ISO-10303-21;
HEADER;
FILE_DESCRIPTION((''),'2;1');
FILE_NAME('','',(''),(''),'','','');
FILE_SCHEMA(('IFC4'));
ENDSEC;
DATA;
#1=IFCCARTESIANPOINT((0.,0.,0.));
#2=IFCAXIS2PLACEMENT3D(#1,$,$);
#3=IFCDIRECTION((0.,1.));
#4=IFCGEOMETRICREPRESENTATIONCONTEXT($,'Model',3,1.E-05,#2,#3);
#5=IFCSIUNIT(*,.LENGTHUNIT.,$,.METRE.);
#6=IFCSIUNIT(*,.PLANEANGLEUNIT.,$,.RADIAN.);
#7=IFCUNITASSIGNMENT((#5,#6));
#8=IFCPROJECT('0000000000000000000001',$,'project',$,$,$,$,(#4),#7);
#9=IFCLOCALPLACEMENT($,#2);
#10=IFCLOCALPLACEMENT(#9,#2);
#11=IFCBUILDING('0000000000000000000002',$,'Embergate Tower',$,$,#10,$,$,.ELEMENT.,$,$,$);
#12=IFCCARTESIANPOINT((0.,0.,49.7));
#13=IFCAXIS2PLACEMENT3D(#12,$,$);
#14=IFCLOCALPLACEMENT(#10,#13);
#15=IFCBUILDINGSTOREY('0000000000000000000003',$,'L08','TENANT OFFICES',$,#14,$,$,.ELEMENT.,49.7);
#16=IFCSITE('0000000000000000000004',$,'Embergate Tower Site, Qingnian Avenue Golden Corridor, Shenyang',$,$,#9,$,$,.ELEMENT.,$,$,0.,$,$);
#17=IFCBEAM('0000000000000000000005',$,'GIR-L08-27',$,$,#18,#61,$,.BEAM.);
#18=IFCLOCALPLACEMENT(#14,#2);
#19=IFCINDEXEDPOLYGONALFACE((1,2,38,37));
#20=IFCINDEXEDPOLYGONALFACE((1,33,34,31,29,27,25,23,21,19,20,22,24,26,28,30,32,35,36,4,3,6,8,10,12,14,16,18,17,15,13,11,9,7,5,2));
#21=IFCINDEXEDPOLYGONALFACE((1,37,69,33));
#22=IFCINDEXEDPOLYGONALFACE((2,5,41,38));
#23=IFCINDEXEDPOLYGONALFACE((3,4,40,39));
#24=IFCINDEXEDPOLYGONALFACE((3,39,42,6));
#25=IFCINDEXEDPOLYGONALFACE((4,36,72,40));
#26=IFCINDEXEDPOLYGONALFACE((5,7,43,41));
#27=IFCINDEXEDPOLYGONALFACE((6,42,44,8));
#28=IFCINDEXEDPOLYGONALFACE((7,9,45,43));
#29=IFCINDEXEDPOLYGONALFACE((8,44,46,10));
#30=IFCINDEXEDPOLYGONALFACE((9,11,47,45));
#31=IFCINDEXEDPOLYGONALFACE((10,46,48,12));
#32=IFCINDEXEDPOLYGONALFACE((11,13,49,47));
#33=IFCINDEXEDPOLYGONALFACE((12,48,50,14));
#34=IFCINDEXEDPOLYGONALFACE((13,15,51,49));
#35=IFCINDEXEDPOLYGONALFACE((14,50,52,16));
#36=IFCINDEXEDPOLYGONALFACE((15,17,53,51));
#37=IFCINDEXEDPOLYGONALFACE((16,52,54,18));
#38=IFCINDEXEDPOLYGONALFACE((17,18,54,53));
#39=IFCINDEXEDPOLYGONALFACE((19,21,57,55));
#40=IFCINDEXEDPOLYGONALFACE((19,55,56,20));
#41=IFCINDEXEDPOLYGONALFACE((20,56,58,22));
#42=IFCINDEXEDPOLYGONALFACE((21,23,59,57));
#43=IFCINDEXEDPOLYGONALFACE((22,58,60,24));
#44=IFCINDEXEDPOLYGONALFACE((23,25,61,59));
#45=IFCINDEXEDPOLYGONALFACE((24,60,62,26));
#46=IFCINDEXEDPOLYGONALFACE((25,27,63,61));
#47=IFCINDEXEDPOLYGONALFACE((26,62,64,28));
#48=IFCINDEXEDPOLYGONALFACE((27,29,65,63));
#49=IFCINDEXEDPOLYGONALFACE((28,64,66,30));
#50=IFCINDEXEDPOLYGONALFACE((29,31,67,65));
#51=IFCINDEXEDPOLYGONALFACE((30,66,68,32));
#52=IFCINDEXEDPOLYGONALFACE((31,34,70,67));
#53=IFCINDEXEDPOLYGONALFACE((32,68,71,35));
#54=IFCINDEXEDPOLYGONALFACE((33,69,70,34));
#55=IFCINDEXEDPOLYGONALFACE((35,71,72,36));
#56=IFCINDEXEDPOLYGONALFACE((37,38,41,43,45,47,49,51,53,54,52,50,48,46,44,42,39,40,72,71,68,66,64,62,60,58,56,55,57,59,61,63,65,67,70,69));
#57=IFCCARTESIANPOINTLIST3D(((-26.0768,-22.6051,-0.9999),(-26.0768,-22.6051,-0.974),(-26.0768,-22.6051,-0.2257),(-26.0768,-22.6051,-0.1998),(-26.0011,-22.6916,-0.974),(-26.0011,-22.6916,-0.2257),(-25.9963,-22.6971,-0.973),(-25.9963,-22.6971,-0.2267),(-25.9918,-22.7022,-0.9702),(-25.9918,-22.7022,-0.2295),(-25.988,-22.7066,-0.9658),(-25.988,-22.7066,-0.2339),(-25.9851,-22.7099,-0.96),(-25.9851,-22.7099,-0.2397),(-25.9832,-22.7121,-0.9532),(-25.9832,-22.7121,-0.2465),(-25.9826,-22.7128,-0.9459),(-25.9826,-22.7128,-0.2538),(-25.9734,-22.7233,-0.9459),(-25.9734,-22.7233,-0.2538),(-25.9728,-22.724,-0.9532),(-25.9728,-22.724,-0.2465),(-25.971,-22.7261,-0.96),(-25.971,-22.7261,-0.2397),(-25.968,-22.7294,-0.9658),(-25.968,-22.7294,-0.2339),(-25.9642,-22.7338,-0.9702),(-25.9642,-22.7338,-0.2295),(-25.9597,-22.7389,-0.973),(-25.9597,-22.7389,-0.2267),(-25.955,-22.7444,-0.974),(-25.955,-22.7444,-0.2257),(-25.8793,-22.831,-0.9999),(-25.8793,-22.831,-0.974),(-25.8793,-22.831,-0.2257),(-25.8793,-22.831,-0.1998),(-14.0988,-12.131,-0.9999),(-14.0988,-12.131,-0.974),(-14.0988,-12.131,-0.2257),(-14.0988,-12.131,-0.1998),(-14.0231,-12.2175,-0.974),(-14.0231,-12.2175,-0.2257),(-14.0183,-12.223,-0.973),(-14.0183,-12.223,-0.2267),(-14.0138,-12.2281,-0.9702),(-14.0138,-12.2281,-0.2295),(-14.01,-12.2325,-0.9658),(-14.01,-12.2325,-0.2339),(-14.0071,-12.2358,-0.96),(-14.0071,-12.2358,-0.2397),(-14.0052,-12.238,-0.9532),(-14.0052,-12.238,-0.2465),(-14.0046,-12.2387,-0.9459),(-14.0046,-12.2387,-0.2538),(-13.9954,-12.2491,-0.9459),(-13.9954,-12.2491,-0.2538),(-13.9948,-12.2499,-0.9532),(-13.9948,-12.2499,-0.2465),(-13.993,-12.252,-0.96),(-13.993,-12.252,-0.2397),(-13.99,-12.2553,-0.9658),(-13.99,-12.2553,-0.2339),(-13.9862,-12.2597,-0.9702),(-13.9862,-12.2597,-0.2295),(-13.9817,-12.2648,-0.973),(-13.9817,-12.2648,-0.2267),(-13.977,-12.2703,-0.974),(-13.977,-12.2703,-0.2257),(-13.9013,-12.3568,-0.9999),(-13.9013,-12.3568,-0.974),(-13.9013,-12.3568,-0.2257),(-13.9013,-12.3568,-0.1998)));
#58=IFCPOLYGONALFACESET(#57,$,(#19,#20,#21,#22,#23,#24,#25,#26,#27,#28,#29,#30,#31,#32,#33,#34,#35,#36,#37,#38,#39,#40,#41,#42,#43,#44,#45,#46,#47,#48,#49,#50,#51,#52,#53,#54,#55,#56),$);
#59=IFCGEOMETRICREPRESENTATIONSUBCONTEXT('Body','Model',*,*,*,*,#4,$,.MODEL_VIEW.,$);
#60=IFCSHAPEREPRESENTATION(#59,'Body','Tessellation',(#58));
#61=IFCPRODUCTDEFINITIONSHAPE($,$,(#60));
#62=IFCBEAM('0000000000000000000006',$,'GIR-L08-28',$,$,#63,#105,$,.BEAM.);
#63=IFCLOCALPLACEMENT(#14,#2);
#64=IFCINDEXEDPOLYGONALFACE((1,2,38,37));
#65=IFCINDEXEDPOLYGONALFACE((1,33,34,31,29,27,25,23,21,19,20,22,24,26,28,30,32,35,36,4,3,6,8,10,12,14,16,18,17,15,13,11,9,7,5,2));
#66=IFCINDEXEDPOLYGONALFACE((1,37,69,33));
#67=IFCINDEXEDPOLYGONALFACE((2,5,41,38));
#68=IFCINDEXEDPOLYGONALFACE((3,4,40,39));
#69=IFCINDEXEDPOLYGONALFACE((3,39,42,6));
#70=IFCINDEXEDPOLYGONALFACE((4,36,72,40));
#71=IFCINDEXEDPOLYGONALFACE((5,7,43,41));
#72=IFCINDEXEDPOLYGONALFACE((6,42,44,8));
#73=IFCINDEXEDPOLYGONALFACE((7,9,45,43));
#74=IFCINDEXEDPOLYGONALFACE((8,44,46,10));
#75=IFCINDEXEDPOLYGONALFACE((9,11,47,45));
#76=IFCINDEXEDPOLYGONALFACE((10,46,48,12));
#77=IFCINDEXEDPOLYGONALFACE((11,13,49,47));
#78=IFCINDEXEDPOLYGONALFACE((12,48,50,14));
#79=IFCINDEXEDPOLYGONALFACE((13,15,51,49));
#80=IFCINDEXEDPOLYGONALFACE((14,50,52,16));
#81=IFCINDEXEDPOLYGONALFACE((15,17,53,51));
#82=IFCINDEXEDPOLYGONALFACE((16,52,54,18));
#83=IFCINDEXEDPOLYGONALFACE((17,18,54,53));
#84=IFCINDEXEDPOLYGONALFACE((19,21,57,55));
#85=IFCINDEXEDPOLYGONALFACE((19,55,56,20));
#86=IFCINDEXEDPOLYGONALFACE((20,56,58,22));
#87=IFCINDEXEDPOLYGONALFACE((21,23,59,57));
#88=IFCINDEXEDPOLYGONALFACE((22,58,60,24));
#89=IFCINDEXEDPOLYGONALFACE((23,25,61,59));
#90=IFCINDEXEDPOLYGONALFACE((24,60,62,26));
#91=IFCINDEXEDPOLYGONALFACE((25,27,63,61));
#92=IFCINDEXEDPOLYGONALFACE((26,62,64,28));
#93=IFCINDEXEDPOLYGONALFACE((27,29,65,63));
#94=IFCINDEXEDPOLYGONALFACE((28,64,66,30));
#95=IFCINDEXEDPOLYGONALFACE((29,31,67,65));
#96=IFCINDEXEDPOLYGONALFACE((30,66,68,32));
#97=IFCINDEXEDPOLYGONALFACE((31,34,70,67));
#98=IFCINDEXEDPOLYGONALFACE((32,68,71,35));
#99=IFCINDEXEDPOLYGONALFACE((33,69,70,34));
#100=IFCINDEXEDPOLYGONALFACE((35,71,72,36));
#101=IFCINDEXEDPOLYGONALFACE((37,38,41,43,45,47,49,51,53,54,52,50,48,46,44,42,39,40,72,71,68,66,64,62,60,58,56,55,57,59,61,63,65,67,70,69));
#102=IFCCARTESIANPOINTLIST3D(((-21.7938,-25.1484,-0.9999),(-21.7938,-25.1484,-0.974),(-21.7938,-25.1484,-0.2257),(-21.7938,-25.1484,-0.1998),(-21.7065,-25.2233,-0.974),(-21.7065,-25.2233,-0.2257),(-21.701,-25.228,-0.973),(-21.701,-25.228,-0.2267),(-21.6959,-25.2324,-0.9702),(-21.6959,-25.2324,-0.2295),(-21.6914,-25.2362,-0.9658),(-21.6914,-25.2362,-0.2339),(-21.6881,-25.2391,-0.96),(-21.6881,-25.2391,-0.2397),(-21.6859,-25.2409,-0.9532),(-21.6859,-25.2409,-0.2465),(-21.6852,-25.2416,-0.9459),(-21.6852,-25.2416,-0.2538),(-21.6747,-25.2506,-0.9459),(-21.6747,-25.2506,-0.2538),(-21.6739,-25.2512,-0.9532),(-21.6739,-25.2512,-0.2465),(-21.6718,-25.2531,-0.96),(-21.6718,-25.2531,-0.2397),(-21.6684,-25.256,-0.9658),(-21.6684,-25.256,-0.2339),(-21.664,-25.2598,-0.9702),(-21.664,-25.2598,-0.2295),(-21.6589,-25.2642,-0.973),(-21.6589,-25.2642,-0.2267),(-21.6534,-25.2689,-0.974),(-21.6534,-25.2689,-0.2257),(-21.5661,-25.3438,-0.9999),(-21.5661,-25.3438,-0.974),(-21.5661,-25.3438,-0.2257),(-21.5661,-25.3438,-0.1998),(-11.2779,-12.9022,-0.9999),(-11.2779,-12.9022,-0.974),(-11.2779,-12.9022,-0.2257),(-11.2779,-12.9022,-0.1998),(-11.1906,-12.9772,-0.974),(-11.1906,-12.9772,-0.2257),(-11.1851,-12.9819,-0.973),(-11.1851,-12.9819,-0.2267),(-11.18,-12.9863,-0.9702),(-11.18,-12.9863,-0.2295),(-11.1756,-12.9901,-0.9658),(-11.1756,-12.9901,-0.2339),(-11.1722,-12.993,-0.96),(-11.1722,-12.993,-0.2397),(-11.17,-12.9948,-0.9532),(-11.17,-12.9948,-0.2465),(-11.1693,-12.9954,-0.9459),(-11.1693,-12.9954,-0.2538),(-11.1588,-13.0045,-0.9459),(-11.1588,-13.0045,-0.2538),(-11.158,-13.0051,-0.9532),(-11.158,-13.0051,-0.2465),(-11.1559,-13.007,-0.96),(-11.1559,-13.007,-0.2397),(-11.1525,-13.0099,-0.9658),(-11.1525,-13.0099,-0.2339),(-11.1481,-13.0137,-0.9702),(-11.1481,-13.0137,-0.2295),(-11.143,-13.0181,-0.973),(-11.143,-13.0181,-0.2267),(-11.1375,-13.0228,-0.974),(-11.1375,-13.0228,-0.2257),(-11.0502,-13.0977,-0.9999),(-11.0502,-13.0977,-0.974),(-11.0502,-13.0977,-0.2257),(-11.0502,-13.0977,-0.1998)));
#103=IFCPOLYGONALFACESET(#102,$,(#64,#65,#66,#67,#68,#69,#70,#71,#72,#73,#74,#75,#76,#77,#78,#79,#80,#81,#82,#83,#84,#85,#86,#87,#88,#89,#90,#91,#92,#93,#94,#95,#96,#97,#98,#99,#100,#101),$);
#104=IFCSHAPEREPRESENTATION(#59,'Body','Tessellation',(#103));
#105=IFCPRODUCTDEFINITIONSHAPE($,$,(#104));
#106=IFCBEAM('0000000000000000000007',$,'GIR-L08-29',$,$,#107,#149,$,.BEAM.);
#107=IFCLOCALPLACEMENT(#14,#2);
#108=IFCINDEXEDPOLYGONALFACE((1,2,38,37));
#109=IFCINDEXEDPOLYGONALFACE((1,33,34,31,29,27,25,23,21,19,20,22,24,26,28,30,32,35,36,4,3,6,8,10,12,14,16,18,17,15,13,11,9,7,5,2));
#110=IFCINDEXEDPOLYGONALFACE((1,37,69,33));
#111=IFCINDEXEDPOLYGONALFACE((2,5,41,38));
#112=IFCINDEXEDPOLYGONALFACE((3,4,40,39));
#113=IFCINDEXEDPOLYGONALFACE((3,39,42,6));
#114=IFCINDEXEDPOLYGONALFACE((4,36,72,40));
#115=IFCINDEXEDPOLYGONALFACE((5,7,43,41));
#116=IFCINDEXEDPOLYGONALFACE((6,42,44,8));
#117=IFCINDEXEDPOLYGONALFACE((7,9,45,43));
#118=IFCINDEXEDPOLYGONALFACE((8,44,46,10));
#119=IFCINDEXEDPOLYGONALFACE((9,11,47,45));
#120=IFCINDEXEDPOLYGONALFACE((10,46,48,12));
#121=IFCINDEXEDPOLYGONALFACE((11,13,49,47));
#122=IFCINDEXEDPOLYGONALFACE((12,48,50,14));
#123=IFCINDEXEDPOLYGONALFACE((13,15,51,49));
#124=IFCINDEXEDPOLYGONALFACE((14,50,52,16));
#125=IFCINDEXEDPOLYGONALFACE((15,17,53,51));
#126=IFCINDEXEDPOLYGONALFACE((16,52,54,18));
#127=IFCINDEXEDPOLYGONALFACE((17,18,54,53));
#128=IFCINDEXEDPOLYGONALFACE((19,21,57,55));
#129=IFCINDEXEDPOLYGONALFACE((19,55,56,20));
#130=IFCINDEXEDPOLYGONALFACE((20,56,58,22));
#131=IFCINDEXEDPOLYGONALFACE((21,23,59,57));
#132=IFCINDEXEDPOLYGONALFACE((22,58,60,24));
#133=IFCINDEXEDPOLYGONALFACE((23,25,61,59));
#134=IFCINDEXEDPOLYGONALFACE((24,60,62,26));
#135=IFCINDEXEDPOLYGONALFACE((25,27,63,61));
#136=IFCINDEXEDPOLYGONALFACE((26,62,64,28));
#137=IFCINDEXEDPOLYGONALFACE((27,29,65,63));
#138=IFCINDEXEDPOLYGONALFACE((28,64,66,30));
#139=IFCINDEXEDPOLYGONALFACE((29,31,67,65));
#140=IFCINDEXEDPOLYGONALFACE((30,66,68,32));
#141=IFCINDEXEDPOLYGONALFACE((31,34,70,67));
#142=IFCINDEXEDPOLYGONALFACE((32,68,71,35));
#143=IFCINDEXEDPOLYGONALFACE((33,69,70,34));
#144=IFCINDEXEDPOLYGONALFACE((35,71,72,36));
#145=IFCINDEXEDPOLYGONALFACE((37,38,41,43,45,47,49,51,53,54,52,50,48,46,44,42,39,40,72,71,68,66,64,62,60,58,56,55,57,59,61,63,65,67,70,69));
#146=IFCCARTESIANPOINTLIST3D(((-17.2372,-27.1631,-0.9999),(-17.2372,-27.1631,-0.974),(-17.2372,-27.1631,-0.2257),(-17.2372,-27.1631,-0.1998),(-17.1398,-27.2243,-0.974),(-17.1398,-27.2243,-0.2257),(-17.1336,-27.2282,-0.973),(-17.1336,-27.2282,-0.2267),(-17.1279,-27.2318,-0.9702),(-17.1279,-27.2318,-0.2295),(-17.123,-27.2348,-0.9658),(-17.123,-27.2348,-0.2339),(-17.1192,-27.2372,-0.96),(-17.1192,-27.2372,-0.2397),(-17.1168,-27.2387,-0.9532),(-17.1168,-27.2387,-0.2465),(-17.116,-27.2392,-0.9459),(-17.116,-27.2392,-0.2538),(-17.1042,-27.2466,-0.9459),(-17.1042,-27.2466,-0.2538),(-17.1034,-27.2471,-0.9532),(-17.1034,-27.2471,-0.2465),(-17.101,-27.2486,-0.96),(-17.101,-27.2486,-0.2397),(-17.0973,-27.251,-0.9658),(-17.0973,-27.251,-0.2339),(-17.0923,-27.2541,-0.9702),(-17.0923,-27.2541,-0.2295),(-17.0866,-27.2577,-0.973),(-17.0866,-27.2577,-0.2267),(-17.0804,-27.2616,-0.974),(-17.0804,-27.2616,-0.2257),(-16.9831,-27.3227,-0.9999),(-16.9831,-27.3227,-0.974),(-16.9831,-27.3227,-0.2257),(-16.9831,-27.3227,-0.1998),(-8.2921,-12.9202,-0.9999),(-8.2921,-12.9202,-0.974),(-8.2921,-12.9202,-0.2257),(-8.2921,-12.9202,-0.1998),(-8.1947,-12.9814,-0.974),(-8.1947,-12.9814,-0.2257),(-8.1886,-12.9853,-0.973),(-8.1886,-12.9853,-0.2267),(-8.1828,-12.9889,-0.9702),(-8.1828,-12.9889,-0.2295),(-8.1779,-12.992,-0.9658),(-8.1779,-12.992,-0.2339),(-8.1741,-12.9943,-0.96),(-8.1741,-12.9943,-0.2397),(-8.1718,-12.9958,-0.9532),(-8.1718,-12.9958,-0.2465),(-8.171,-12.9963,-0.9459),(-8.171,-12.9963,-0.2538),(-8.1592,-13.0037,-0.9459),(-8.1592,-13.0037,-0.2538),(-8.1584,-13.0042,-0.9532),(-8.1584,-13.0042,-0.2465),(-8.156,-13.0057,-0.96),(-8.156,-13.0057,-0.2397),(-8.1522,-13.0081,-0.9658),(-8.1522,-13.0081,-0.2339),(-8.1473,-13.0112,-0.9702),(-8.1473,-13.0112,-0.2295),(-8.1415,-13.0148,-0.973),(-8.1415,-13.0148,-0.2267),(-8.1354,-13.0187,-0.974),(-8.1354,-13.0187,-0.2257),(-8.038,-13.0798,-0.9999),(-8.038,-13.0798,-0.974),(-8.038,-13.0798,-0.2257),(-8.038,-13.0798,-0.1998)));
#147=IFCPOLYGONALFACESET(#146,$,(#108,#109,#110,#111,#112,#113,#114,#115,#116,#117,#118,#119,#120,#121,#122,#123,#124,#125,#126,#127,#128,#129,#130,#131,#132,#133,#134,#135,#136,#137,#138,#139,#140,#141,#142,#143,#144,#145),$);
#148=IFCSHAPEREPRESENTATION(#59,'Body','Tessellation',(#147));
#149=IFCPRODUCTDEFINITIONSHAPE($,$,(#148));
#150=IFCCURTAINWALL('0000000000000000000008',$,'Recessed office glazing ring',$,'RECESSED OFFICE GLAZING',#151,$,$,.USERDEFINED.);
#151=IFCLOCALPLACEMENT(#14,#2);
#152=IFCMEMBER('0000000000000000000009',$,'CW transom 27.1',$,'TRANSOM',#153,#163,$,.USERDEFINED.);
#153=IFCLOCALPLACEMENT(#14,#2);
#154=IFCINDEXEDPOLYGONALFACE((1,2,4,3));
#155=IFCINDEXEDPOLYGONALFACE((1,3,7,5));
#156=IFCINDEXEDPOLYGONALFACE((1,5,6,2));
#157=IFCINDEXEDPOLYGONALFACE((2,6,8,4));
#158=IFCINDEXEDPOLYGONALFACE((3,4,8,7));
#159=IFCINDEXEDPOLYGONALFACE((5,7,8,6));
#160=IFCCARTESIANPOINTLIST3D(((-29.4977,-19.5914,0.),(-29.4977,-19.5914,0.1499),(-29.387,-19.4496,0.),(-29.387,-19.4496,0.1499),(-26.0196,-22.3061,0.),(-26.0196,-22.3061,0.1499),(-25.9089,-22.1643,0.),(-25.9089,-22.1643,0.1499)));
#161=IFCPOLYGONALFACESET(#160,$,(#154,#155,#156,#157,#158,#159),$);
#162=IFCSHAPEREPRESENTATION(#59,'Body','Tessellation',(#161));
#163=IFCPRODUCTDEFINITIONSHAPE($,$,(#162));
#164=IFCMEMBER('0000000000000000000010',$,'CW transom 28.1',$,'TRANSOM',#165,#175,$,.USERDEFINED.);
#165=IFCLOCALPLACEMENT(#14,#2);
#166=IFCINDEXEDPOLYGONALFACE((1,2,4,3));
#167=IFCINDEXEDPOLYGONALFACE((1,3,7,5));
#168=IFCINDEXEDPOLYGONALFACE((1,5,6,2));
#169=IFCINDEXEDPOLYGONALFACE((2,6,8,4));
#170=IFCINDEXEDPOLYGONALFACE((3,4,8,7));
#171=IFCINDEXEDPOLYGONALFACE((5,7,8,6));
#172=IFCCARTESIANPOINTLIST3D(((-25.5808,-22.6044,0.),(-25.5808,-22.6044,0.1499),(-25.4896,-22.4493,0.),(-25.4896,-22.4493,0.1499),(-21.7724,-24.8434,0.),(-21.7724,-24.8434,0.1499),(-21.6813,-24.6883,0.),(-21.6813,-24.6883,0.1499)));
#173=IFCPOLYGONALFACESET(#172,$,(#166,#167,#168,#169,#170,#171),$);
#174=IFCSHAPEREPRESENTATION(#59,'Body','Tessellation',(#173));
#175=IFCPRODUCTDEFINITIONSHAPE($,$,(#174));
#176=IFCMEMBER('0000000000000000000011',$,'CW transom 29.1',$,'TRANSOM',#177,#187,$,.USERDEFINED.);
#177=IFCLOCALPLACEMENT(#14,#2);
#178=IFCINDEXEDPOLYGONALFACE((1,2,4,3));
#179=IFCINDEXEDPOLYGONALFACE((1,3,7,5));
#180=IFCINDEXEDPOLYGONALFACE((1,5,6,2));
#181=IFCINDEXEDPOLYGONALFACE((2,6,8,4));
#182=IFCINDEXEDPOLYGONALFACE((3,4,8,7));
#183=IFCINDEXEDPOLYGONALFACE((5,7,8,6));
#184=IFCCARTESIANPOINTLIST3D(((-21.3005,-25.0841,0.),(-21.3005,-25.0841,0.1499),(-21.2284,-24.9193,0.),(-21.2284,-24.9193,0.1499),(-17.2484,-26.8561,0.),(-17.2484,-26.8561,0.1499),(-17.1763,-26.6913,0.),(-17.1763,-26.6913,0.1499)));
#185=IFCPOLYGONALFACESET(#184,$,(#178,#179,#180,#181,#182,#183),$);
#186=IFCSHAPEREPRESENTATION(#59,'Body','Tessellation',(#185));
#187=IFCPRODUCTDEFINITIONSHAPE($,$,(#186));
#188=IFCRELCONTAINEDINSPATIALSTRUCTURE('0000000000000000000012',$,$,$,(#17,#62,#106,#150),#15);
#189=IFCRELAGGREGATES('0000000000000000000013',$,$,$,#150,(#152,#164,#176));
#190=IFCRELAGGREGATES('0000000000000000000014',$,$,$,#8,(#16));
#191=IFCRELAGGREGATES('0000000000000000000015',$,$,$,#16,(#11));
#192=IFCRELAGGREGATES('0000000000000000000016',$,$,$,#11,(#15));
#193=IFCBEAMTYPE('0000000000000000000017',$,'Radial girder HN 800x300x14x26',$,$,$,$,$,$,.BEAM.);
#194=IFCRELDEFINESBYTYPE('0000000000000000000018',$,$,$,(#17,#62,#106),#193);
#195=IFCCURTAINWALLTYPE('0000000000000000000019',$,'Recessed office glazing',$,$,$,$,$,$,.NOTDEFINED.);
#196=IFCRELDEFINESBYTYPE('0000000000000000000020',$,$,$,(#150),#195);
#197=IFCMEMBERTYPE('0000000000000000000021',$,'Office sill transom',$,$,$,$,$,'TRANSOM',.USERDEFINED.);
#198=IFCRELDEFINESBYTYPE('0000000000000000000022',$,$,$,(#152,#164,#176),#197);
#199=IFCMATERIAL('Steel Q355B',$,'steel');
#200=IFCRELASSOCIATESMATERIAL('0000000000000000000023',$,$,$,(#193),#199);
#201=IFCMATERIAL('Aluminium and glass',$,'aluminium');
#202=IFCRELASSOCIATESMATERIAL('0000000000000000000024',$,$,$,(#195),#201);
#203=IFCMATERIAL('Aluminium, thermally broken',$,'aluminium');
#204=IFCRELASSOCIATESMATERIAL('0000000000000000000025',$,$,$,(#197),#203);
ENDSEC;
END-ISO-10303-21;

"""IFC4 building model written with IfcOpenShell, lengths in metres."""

from ifc_helpers import new_model, si_unit, direction, frame, origin, origin_2d, place, context, subcontext, project, spatial, rectangle, i_section, extrude, source, transform, mapped, material, material_profile, profile_set, type_object, element, aggregate, save


model = new_model("IFC4")

# Units and contexts
model_context = context("Model", 3, precision=1e-05, world=origin(), true_north=direction((0.0, 1.0)))
body_context = subcontext(model_context, "Body", "Model", "MODEL_VIEW")
ifc_project = project(units=[si_unit("LENGTHUNIT", "METRE"), si_unit("PLANEANGLEUNIT", "RADIAN")], contexts=[model_context])

# Site, building, storey
site_placement = place(None, origin())
site = spatial("IfcSite", under=ifc_project, at=site_placement, Name="Embergate Tower Site, Qingnian Avenue Golden Corridor, Shenyang", CompositionType="ELEMENT", RefElevation=0.0)
building_placement = place(site_placement, origin())
building = spatial("IfcBuilding", under=site, at=building_placement, Name="Embergate Tower", CompositionType="ELEMENT")
storey_placement = place(building_placement, frame((0.0, 0.0, 49.7)))
storey = spatial("IfcBuildingStorey", under=building, at=storey_placement, Name="L08", Description="TENANT OFFICES", CompositionType="ELEMENT", Elevation=49.7)

# Beams
ifc_material_1 = material(Name="Steel Q355B", Category="steel")
ifc_material_profile_1 = material_profile(ifc_material_1, i_section(OverallWidth=0.3, OverallDepth=0.8, WebThickness=0.0139, FlangeThickness=0.0259, FilletRadius=0.0281, at=origin_2d()), Name="HN 800x300x14x26")
ifc_profile_set_1 = profile_set([ifc_material_profile_1], Name="Steel Q355 grade B")
beam_type_1 = type_object("IfcBeamType", Name="Radial girder HN 800x300x14x26", PredefinedType="BEAM", material=ifc_profile_set_1)
shared_shape_1 = source(origin(), body_context, "Body", "SweptSolid", [
    extrude(i_section(OverallWidth=0.3, OverallDepth=0.8, WebThickness=0.0139, FlangeThickness=0.0259, FilletRadius=0.0281, at=origin_2d()), origin(), (0.0, 0.0, 1.0), 15.9116),
])
beam_1_placement = place(storey_placement, frame((-25.978, -22.718, -0.5999), z_axis=(0.752784, 0.658268, 0.0), x_axis=(-0.658268, 0.752784, 0.0)))
element("IfcBeam", 1, at=beam_1_placement, inside=storey, type_object=beam_type_1, Name="GIR-L08-27", PredefinedType="BEAM", context=body_context, shape_type="MappedRepresentation", body=[
    mapped(shared_shape_1, transform((0.0, 0.0, 0.0))),
])
shared_shape_2 = source(origin(), body_context, "Body", "SweptSolid", [
    extrude(i_section(OverallWidth=0.3, OverallDepth=0.8, WebThickness=0.0139, FlangeThickness=0.0259, FilletRadius=0.0281, at=origin_2d()), origin(), (0.0, 0.0, 1.0), 16.1416),
])
beam_2_placement = place(storey_placement, frame((-21.6799, -25.2461, -0.5999), z_axis=(0.651477, 0.758668, 0.0), x_axis=(-0.758668, 0.651477, 0.0)))
element("IfcBeam", 2, at=beam_2_placement, inside=storey, type_object=beam_type_1, Name="GIR-L08-28", PredefinedType="BEAM", context=body_context, shape_type="MappedRepresentation", body=[
    mapped(shared_shape_2, transform((0.0, 0.0, 0.0))),
])
shared_shape_3 = source(origin(), body_context, "Body", "SweptSolid", [
    extrude(i_section(OverallWidth=0.3, OverallDepth=0.8, WebThickness=0.0139, FlangeThickness=0.0259, FilletRadius=0.0281, at=origin_2d()), origin(), (0.0, 0.0, 1.0), 16.8188),
])
beam_3_placement = place(storey_placement, frame((-17.1101, -27.2429, -0.5999), z_axis=(0.531847, 0.846841, 0.0), x_axis=(-0.846841, 0.531847, 0.0)))
element("IfcBeam", 3, at=beam_3_placement, inside=storey, type_object=beam_type_1, Name="GIR-L08-29", PredefinedType="BEAM", context=body_context, shape_type="MappedRepresentation", body=[
    mapped(shared_shape_3, transform((0.0, 0.0, 0.0))),
])

# Curtain wall, members
ifc_material_2 = material(Name="Aluminium and glass", Category="aluminium")
curtain_wall_type = type_object("IfcCurtainWallType", Name="Recessed office glazing", PredefinedType="NOTDEFINED", material=ifc_material_2)
curtain_wall_placement = place(storey_placement, origin())
curtain_wall = element("IfcCurtainWall", 4, at=curtain_wall_placement, inside=storey, type_object=curtain_wall_type, Name="Recessed office glazing ring", ObjectType="RECESSED OFFICE GLAZING", PredefinedType="USERDEFINED")
ifc_material_3 = material(Name="Aluminium, thermally broken", Category="aluminium")
ifc_material_profile_2 = material_profile(ifc_material_3, rectangle(XDim=0.1799, YDim=0.1499, at=origin_2d()), Name="AL 150x180")
ifc_profile_set_2 = profile_set([ifc_material_profile_2], Name="Aluminium, thermally broken")
member_type_1 = type_object("IfcMemberType", Name="Office sill transom", ElementType="TRANSOM", PredefinedType="USERDEFINED", material=ifc_profile_set_2)
shared_shape_4 = source(origin(), body_context, "Body", "SweptSolid", [
    extrude(rectangle(XDim=0.1799, YDim=0.1499, at=origin_2d()), origin(), (0.0, 0.0, 1.0), 4.4121),
])
member_1_placement = place(storey_placement, frame((-29.4424, -19.5205, 0.075), z_axis=(0.788311, -0.615277, 0.0), x_axis=(0.615277, 0.788311, 0.0)))
member_1 = element("IfcMember", 5, at=member_1_placement, type_object=member_type_1, Name="CW transom 27.1", ObjectType="TRANSOM", PredefinedType="USERDEFINED", context=body_context, shape_type="MappedRepresentation", body=[
    mapped(shared_shape_4, transform((0.0, 0.0, 0.0))),
])
shared_shape_5 = source(origin(), body_context, "Body", "SweptSolid", [
    extrude(rectangle(XDim=0.1799, YDim=0.1499, at=origin_2d()), origin(), (0.0, 0.0, 1.0), 4.4177),
])
member_2_placement = place(storey_placement, frame((-25.5352, -22.5269, 0.075), z_axis=(0.862052, -0.50682, 0.0), x_axis=(0.50682, 0.862052, 0.0)))
member_2 = element("IfcMember", 6, at=member_2_placement, type_object=member_type_1, Name="CW transom 28.1", ObjectType="TRANSOM", PredefinedType="USERDEFINED", context=body_context, shape_type="MappedRepresentation", body=[
    mapped(shared_shape_5, transform((0.0, 0.0, 0.0))),
])
shared_shape_6 = source(origin(), body_context, "Body", "SweptSolid", [
    extrude(rectangle(XDim=0.1799, YDim=0.1499, at=origin_2d()), origin(), (0.0, 0.0, 1.0), 4.4226),
])
member_3_placement = place(storey_placement, frame((-21.2644, -25.0017, 0.075), z_axis=(0.916222, -0.400671, 0.0), x_axis=(0.400671, 0.916222, 0.0)))
member_3 = element("IfcMember", 7, at=member_3_placement, type_object=member_type_1, Name="CW transom 29.1", ObjectType="TRANSOM", PredefinedType="USERDEFINED", context=body_context, shape_type="MappedRepresentation", body=[
    mapped(shared_shape_6, transform((0.0, 0.0, 0.0))),
])
aggregate(curtain_wall, [member_1, member_2, member_3])

save(model, "model.ifc")
